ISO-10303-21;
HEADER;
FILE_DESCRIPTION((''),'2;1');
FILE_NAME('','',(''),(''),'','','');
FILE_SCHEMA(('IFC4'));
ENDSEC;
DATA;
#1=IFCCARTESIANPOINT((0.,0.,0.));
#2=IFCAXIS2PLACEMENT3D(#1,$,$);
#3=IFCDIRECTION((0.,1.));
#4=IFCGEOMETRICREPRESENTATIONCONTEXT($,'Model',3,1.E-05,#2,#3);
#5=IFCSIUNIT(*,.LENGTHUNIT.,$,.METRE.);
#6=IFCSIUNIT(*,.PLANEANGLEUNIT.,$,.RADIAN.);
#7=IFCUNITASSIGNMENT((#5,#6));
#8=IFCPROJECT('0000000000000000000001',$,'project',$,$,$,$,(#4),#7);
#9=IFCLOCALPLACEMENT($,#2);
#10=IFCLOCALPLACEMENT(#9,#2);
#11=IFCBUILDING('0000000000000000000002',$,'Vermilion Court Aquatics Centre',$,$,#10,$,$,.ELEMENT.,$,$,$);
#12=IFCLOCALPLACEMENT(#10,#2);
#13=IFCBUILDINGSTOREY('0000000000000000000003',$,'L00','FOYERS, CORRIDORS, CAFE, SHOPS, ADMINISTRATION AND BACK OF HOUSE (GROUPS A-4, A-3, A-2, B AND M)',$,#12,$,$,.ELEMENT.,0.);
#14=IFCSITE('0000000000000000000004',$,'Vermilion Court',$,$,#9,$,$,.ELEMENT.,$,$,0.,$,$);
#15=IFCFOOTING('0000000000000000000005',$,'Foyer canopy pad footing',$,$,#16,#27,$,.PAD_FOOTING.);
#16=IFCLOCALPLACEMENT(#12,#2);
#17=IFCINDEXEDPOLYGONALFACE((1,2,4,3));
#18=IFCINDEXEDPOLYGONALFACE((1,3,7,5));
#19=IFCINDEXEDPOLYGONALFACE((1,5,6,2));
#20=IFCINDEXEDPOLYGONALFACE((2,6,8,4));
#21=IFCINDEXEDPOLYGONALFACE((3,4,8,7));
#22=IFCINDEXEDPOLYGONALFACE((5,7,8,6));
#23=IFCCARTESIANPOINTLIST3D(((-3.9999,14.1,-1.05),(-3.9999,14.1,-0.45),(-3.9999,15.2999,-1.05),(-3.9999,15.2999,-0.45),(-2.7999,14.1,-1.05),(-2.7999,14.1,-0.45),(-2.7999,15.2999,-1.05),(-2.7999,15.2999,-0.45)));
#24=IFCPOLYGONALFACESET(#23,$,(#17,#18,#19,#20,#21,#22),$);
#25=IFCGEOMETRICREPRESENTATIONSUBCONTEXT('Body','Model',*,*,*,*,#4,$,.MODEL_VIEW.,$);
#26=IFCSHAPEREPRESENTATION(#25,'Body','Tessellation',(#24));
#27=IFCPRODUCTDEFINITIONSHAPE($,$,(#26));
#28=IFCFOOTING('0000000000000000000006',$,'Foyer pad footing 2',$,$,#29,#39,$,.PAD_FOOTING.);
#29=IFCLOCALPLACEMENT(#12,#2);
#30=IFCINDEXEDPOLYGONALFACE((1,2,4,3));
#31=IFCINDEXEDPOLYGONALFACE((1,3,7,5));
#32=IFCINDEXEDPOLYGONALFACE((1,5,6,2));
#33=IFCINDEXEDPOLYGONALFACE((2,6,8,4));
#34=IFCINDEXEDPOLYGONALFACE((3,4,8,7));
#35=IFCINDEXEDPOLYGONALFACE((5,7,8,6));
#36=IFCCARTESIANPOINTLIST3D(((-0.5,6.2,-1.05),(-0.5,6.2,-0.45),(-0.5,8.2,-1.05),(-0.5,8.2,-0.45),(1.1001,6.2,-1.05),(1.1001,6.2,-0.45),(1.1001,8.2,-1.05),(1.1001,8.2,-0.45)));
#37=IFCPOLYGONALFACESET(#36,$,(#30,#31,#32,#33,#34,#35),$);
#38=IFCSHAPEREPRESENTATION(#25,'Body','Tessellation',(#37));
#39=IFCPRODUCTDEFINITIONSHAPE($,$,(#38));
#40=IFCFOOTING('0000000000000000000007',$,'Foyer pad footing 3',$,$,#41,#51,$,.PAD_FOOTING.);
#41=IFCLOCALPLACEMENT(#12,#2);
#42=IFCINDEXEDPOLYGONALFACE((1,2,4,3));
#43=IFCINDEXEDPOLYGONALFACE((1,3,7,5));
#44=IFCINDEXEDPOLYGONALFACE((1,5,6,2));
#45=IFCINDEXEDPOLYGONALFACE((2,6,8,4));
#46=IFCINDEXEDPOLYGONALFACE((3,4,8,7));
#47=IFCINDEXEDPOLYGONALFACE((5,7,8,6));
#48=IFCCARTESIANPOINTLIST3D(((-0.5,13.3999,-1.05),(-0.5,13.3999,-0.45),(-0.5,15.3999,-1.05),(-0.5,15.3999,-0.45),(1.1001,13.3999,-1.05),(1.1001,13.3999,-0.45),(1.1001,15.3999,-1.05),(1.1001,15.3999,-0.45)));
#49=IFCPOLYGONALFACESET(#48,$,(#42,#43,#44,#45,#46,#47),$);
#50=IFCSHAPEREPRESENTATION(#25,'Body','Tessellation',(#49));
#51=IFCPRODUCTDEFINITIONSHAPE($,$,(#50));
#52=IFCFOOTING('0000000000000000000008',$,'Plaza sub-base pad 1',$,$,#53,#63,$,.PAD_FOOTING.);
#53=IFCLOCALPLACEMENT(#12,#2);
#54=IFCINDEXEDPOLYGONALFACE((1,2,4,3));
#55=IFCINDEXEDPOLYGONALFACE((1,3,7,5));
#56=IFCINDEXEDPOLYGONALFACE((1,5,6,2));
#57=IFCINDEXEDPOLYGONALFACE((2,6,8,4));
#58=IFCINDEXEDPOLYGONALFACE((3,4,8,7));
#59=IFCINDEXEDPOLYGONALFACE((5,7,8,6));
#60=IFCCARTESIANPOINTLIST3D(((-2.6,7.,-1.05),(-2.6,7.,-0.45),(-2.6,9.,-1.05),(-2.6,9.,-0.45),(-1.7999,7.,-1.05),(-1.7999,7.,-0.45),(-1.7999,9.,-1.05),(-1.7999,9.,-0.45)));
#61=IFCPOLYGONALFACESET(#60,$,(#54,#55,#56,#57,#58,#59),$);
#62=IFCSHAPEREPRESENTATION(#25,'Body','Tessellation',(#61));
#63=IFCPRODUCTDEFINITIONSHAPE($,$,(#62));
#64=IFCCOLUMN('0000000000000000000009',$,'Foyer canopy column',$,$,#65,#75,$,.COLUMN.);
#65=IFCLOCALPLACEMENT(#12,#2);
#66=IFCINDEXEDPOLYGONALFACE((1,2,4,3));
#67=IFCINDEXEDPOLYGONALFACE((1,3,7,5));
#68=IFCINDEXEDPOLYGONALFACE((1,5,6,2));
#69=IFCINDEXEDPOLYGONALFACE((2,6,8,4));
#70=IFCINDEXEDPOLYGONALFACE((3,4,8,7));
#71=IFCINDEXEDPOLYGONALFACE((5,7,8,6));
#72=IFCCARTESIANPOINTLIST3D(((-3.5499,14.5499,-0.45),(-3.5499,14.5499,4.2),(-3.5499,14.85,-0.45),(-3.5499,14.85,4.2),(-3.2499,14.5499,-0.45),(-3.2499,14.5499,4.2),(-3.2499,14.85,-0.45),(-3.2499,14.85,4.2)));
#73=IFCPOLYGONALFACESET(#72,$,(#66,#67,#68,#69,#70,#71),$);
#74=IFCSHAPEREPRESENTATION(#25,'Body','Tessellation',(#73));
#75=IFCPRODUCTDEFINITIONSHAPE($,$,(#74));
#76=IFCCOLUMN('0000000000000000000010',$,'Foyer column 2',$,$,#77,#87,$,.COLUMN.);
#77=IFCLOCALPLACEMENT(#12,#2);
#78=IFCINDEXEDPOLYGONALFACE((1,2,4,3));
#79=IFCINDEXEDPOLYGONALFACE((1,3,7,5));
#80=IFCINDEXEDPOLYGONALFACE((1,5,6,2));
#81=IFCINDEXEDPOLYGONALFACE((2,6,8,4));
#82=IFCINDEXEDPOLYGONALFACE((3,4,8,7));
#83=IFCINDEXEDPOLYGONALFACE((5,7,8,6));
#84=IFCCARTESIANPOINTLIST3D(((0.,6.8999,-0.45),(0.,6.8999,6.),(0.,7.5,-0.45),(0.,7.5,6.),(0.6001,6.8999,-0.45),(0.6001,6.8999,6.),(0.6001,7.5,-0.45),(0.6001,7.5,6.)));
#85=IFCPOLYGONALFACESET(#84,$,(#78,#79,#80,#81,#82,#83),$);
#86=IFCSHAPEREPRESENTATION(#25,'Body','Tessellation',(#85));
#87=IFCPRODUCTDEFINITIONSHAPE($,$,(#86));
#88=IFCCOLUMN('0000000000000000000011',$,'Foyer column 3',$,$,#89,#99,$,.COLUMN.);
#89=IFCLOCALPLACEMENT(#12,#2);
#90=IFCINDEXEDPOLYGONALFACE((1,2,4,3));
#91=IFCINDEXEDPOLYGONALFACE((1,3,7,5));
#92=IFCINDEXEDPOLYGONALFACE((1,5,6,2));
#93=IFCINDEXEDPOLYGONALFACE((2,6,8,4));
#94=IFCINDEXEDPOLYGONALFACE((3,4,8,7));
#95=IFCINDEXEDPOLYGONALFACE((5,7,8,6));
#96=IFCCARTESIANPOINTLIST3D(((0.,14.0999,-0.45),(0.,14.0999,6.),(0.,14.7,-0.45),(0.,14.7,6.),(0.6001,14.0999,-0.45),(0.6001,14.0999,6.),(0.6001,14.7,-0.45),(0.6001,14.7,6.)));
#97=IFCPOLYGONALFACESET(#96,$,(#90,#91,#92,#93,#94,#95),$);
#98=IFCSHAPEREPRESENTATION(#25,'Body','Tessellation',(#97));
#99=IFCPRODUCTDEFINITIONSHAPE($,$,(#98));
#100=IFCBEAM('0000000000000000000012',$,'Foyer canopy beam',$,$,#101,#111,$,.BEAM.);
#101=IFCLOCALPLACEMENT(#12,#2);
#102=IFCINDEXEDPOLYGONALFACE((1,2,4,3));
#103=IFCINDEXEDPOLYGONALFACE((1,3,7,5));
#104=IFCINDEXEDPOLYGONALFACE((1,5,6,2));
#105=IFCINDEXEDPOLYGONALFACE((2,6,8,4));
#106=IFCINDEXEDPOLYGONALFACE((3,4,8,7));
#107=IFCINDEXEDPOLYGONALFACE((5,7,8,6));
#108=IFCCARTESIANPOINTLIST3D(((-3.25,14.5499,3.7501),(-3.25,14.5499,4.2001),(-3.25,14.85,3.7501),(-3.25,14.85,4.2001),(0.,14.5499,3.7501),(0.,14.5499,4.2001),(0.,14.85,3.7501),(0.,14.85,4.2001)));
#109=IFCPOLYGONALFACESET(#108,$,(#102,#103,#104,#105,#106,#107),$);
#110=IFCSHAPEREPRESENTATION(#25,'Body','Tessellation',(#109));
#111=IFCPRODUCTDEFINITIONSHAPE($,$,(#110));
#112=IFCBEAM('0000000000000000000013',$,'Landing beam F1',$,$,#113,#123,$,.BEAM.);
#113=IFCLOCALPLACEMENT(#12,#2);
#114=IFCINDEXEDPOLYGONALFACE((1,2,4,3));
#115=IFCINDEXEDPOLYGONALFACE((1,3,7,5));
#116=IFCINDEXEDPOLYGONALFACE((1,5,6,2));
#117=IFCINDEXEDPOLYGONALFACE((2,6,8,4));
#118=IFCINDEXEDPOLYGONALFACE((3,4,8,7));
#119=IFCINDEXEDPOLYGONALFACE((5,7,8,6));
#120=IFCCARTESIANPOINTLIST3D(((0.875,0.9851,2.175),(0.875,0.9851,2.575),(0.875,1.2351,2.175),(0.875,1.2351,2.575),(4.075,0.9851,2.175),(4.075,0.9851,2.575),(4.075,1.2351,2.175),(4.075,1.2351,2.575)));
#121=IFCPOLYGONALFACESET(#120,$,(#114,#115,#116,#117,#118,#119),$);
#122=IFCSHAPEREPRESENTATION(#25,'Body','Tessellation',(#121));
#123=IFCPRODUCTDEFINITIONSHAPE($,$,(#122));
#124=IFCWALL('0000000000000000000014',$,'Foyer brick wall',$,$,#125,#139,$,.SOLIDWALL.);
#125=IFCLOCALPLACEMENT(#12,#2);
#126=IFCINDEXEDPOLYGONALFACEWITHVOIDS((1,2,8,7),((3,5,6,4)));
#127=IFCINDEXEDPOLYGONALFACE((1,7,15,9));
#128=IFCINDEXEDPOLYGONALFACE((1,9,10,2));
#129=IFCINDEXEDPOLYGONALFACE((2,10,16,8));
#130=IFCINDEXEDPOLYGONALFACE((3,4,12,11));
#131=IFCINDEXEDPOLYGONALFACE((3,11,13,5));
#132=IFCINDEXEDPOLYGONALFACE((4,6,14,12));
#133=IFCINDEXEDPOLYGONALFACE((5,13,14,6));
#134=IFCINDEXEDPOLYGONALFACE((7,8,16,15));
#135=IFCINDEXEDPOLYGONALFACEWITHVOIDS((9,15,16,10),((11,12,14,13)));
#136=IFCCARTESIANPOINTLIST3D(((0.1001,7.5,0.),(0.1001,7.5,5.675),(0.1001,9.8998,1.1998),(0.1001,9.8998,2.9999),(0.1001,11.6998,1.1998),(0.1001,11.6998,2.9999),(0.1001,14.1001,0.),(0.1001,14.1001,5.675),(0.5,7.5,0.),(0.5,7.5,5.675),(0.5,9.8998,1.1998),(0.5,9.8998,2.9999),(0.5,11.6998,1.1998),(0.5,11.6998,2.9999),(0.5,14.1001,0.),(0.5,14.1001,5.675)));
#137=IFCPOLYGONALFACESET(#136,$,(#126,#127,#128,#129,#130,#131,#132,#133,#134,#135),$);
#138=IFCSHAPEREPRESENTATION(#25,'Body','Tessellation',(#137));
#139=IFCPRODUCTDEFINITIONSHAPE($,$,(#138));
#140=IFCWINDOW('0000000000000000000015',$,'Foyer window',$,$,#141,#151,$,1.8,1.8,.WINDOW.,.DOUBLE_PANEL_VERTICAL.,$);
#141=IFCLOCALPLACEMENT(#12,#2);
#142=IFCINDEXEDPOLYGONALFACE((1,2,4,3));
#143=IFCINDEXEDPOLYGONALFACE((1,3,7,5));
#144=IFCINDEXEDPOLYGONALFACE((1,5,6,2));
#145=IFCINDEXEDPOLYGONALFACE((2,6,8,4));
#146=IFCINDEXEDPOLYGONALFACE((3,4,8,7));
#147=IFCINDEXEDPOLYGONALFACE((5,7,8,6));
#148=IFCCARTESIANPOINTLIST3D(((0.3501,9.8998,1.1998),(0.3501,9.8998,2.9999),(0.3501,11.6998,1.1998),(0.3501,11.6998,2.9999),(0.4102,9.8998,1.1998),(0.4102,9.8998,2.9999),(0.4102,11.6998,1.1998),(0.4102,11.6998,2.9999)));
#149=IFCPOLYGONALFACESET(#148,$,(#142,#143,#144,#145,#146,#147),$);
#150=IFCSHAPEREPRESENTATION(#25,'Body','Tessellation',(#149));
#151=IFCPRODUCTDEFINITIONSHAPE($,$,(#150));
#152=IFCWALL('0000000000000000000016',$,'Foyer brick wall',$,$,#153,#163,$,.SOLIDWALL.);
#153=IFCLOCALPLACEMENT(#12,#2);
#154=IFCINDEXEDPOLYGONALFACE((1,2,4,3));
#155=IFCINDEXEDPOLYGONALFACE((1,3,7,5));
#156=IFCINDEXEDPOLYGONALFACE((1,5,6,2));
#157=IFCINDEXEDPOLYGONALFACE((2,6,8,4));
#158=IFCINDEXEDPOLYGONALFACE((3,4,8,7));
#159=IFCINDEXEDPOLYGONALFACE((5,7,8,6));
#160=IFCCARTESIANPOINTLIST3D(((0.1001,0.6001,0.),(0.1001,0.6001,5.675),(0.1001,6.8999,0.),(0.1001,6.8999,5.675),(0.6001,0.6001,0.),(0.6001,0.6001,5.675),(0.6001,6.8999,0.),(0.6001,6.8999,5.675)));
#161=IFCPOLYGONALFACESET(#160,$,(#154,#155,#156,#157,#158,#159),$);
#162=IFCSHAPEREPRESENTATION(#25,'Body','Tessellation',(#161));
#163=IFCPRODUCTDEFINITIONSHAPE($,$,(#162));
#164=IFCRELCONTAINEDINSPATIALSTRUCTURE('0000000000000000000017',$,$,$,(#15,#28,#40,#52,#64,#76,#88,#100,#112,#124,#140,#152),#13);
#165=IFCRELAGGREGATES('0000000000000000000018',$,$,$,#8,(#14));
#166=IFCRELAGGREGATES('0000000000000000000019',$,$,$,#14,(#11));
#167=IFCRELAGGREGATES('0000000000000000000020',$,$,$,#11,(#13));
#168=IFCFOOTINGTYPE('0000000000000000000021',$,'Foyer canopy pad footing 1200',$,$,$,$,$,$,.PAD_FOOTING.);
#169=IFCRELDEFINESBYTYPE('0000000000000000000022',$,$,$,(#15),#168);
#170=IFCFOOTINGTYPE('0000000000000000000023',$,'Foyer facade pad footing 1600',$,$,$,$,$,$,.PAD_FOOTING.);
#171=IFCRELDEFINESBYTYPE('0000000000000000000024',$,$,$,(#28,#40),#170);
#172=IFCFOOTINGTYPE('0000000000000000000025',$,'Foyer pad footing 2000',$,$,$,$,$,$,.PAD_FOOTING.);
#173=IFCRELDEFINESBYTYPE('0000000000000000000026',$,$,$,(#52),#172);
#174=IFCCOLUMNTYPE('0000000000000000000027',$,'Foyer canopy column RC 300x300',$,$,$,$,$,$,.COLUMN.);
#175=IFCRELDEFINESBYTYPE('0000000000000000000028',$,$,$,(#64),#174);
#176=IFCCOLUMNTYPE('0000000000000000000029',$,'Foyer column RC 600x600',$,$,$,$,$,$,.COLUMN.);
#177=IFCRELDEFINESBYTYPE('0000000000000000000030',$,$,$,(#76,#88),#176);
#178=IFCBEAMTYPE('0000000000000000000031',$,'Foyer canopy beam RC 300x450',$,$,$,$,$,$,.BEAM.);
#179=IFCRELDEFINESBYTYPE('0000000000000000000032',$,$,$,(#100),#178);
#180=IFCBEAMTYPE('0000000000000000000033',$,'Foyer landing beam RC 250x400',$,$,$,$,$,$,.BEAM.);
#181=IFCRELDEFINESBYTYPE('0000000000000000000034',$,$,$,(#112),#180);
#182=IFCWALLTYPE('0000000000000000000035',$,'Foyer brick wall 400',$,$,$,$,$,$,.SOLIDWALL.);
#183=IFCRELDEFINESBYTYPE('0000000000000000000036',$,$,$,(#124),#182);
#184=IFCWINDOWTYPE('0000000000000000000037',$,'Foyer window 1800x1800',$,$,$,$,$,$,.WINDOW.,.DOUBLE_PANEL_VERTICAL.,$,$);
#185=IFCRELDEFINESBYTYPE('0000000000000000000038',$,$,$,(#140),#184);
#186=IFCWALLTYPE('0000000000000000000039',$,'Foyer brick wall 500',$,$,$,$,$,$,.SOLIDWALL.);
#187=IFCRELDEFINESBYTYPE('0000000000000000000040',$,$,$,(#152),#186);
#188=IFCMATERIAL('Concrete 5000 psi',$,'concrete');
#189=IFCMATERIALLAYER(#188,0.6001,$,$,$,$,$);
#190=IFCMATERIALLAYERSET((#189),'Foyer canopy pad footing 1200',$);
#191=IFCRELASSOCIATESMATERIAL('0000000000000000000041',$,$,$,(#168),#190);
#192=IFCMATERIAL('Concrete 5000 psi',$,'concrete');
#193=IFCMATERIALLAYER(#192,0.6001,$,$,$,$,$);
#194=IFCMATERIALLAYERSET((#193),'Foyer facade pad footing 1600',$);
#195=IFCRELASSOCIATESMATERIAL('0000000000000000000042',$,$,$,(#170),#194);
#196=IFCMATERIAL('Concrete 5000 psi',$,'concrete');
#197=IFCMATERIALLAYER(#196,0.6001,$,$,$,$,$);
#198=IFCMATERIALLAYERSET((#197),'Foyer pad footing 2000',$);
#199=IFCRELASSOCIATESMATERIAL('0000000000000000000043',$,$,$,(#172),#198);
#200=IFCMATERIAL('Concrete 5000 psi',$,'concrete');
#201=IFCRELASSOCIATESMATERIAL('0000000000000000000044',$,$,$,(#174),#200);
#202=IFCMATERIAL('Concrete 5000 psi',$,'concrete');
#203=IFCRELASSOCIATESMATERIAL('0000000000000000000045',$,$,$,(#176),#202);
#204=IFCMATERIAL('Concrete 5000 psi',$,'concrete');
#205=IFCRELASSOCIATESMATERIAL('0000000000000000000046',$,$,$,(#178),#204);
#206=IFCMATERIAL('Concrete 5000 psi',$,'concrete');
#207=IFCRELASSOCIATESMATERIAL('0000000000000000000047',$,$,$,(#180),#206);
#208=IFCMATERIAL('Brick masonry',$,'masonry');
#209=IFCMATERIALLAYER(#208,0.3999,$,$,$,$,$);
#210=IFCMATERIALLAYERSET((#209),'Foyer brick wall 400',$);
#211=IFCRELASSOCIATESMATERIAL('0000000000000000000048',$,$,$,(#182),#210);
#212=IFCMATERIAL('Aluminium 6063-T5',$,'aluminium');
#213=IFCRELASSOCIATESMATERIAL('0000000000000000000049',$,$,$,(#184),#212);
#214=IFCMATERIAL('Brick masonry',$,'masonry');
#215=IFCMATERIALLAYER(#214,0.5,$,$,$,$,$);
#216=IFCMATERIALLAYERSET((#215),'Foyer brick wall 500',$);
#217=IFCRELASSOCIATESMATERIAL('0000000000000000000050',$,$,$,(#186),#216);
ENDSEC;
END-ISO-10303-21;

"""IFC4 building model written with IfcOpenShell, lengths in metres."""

from ifc_helpers import new_model, si_unit, direction, frame, frame_2d, origin, origin_2d, place, context, subcontext, project, spatial, rectangle, extrude, material, layer, layer_set, material_profile, profile_set, type_object, element, fill, save


model = new_model("IFC4")

# Units and contexts
model_context = context("Model", 3, precision=1e-05, world=origin(), true_north=direction((0.0, 1.0)))
body_context = subcontext(model_context, "Body", "Model", "MODEL_VIEW")
ifc_project = project(units=[si_unit("LENGTHUNIT", "METRE"), si_unit("PLANEANGLEUNIT", "RADIAN")], contexts=[model_context])

# Site, building, storey
site_placement = place(None, origin())
site = spatial("IfcSite", under=ifc_project, at=site_placement, Name="Vermilion Court", CompositionType="ELEMENT", RefElevation=0.0)
building_placement = place(site_placement, origin())
building = spatial("IfcBuilding", under=site, at=building_placement, Name="Vermilion Court Aquatics Centre", CompositionType="ELEMENT")
storey_placement = place(building_placement, origin())
storey = spatial("IfcBuildingStorey", under=building, at=storey_placement, Name="L00", Description="FOYERS, CORRIDORS, CAFE, SHOPS, ADMINISTRATION AND BACK OF HOUSE (GROUPS A-4, A-3, A-2, B AND M)", CompositionType="ELEMENT", Elevation=0.0)

# Footings
ifc_material_1 = material(Name="Concrete 5000 psi", Category="concrete")
ifc_layer_1 = layer(ifc_material_1, 0.6001)
ifc_layer_set_1 = layer_set([ifc_layer_1], Name="Foyer canopy pad footing 1200")
footing_type_1 = type_object("IfcFootingType", Name="Foyer canopy pad footing 1200", PredefinedType="PAD_FOOTING", material=ifc_layer_set_1)
footing_1_placement = place(storey_placement, frame((-3.3999, 14.7, -1.05), z_axis=(0.0, 0.0, 1.0), x_axis=(1.0, 0.0, 0.0)))
element("IfcFooting", 1, at=footing_1_placement, inside=storey, type_object=footing_type_1, Name="Foyer canopy pad footing", PredefinedType="PAD_FOOTING", context=body_context, shape_type="SweptSolid", body=[
    extrude(rectangle(XDim=1.2, YDim=1.2, at=origin_2d()), origin(), (0.0, 0.0, 1.0), 0.6001),
])
ifc_material_2 = material(Name="Concrete 5000 psi", Category="concrete")
ifc_layer_2 = layer(ifc_material_2, 0.6001)
ifc_layer_set_2 = layer_set([ifc_layer_2], Name="Foyer facade pad footing 1600")
footing_type_2 = type_object("IfcFootingType", Name="Foyer facade pad footing 1600", PredefinedType="PAD_FOOTING", material=ifc_layer_set_2)
for number, where, z_axis, x_axis, name in (
    (2, (0.3, 7.2, -1.05), (0.0, 0.0, 1.0), (1.0, 0.0, 0.0), "Foyer pad footing 2"),
    (3, (0.3, 14.3999, -1.05), (0.0, 0.0, 1.0), (1.0, 0.0, 0.0), "Foyer pad footing 3"),
):
    element("IfcFooting", number, at=place(storey_placement, frame(where, z_axis=z_axis, x_axis=x_axis)), inside=storey, type_object=footing_type_2, Name=name, PredefinedType="PAD_FOOTING", context=body_context, shape_type="SweptSolid", body=[
        extrude(rectangle(XDim=1.6001, YDim=2.0, at=origin_2d()), origin(), (0.0, 0.0, 1.0), 0.6001),
    ])
ifc_material_3 = material(Name="Concrete 5000 psi", Category="concrete")
ifc_layer_3 = layer(ifc_material_3, 0.6001)
ifc_layer_set_3 = layer_set([ifc_layer_3], Name="Foyer pad footing 2000")
footing_type_3 = type_object("IfcFootingType", Name="Foyer pad footing 2000", PredefinedType="PAD_FOOTING", material=ifc_layer_set_3)
footing_2_placement = place(storey_placement, frame((-2.2, 8.0, -1.05), z_axis=(0.0, 0.0, 1.0), x_axis=(1.0, 0.0, 0.0)))
element("IfcFooting", 4, at=footing_2_placement, inside=storey, type_object=footing_type_3, Name="Plaza sub-base pad 1", PredefinedType="PAD_FOOTING", context=body_context, shape_type="SweptSolid", body=[
    extrude(rectangle(XDim=0.8, YDim=2.0, at=origin_2d()), origin(), (0.0, 0.0, 1.0), 0.6001),
])

# Columns
ifc_material_4 = material(Name="Concrete 5000 psi", Category="concrete")
ifc_material_profile_1 = material_profile(ifc_material_4, rectangle(XDim=0.3, YDim=0.3, at=origin_2d()), Name="RC 300x300")
ifc_profile_set_1 = profile_set([ifc_material_profile_1], Name="Concrete 5000 psi")
column_type_1 = type_object("IfcColumnType", Name="Foyer canopy column RC 300x300", PredefinedType="COLUMN", material=ifc_profile_set_1)
column_placement = place(storey_placement, frame((-3.3999, 14.7, -0.45), z_axis=(0.0, 0.0, 1.0), x_axis=(1.0, 0.0, 0.0)))
element("IfcColumn", 5, at=column_placement, inside=storey, type_object=column_type_1, Name="Foyer canopy column", PredefinedType="COLUMN", context=body_context, shape_type="SweptSolid", body=[
    extrude(rectangle(XDim=0.3, YDim=0.3, at=origin_2d()), origin(), (0.0, 0.0, 1.0), 4.6499),
])
ifc_material_5 = material(Name="Concrete 5000 psi", Category="concrete")
ifc_material_profile_2 = material_profile(ifc_material_5, rectangle(XDim=0.6001, YDim=0.6001, at=origin_2d()), Name="RC 600x600")
ifc_profile_set_2 = profile_set([ifc_material_profile_2], Name="Concrete 5000 psi")
column_type_2 = type_object("IfcColumnType", Name="Foyer column RC 600x600", PredefinedType="COLUMN", material=ifc_profile_set_2)
for number, where, z_axis, x_axis, name in (
    (6, (0.3, 7.2, -0.45), (0.0, 0.0, 1.0), (1.0, 0.0, 0.0), "Foyer column 2"),
    (7, (0.3, 14.3999, -0.45), (0.0, 0.0, 1.0), (1.0, 0.0, 0.0), "Foyer column 3"),
):
    element("IfcColumn", number, at=place(storey_placement, frame(where, z_axis=z_axis, x_axis=x_axis)), inside=storey, type_object=column_type_2, Name=name, PredefinedType="COLUMN", context=body_context, shape_type="SweptSolid", body=[
        extrude(rectangle(XDim=0.6001, YDim=0.6001, at=origin_2d()), origin(), (0.0, 0.0, 1.0), 6.45),
    ])

# Beams
ifc_material_6 = material(Name="Concrete 5000 psi", Category="concrete")
ifc_material_profile_3 = material_profile(ifc_material_6, rectangle(XDim=0.3, YDim=0.45, at=origin_2d()), Name="RC 300x450")
ifc_profile_set_3 = profile_set([ifc_material_profile_3], Name="Concrete 5000 psi")
beam_type_1 = type_object("IfcBeamType", Name="Foyer canopy beam RC 300x450", PredefinedType="BEAM", material=ifc_profile_set_3)
beam_1_placement = place(storey_placement, frame((-3.25, 14.7, 3.9751), z_axis=(1.0, 0.0, 0.0), x_axis=(0.0, 1.0, 0.0)))
element("IfcBeam", 8, at=beam_1_placement, inside=storey, type_object=beam_type_1, Name="Foyer canopy beam", PredefinedType="BEAM", context=body_context, shape_type="SweptSolid", body=[
    extrude(rectangle(XDim=0.3, YDim=0.45, at=origin_2d()), origin(), (0.0, 0.0, 1.0), 3.25),
])
ifc_material_7 = material(Name="Concrete 5000 psi", Category="concrete")
ifc_material_profile_4 = material_profile(ifc_material_7, rectangle(XDim=0.25, YDim=0.3999, at=origin_2d()), Name="RC 250x400")
ifc_profile_set_4 = profile_set([ifc_material_profile_4], Name="Concrete 5000 psi")
beam_type_2 = type_object("IfcBeamType", Name="Foyer landing beam RC 250x400", PredefinedType="BEAM", material=ifc_profile_set_4)
beam_2_placement = place(storey_placement, frame((0.875, 1.1101, 2.375), z_axis=(1.0, 0.0, 0.0), x_axis=(0.0, 1.0, 0.0)))
element("IfcBeam", 9, at=beam_2_placement, inside=storey, type_object=beam_type_2, Name="Landing beam F1", PredefinedType="BEAM", context=body_context, shape_type="SweptSolid", body=[
    extrude(rectangle(XDim=0.25, YDim=0.3999, at=origin_2d()), origin(), (0.0, 0.0, 1.0), 3.2),
])

# Wall, opening, window
ifc_material_8 = material(Name="Brick masonry", Category="masonry")
ifc_layer_4 = layer(ifc_material_8, 0.3999)
ifc_layer_set_4 = layer_set([ifc_layer_4], Name="Foyer brick wall 400")
wall_type_1 = type_object("IfcWallType", Name="Foyer brick wall 400", PredefinedType="SOLIDWALL", material=ifc_layer_set_4)
wall_1_placement = place(storey_placement, frame((0.3, 7.5, 0.0), z_axis=(0.0, 0.0, 1.0), x_axis=(0.0, 1.0, 0.0)))
wall_1 = element("IfcWall", 10, at=wall_1_placement, inside=storey, type_object=wall_type_1, Name="Foyer brick wall", PredefinedType="SOLIDWALL", context=body_context, shape_type="SweptSolid", body=[
    extrude(rectangle(XDim=6.6001, YDim=0.3999, at=frame_2d((3.3, 0.0))), origin(), (0.0, 0.0, 1.0), 5.675),
])
opening_1_placement = place(wall_1_placement, frame((2.3999, 0.0, 1.2)))
opening_1 = element("IfcOpeningElement", 11, at=opening_1_placement, cuts=wall_1, PredefinedType="OPENING", context=body_context, shape_type="SweptSolid", body=[
    extrude(rectangle(XDim=1.8, YDim=1.8, at=frame_2d((0.8999, 0.8999))), frame((0.0, 0.21, 0.0), z_axis=(0.0, -1.0, 0.0), x_axis=(1.0, 0.0, 0.0)), (0.0, 0.0, 1.0), 0.4199),
])
ifc_material_9 = material(Name="Aluminium 6063-T5", Category="aluminium")
window_type = type_object("IfcWindowType", Name="Foyer window 1800x1800", PartitioningType="DOUBLE_PANEL_VERTICAL", PredefinedType="WINDOW", material=ifc_material_9)
window_placement = place(opening_1_placement, origin())
window = element("IfcWindow", 12, at=window_placement, inside=storey, type_object=window_type, Name="Foyer window", OverallHeight=1.8, OverallWidth=1.8, PartitioningType="DOUBLE_PANEL_VERTICAL", PredefinedType="WINDOW", context=body_context, shape_type="SweptSolid", body=[
    extrude(rectangle(XDim=1.8, YDim=1.8, at=frame_2d((0.8999, 0.8999))), frame((0.0, -0.05, 0.0), z_axis=(0.0, -1.0, 0.0), x_axis=(1.0, 0.0, 0.0)), (0.0, 0.0, 1.0), 0.0601),
])
fill(opening_1, window)

# Wall
ifc_material_10 = material(Name="Brick masonry", Category="masonry")
ifc_layer_5 = layer(ifc_material_10, 0.5)
ifc_layer_set_5 = layer_set([ifc_layer_5], Name="Foyer brick wall 500")
wall_type_2 = type_object("IfcWallType", Name="Foyer brick wall 500", PredefinedType="SOLIDWALL", material=ifc_layer_set_5)
wall_2_placement = place(storey_placement, frame((0.3501, 0.6001, 0.0), z_axis=(0.0, 0.0, 1.0), x_axis=(0.0, 1.0, 0.0)))
element("IfcWall", 13, at=wall_2_placement, inside=storey, type_object=wall_type_2, Name="Foyer brick wall", PredefinedType="SOLIDWALL", context=body_context, shape_type="SweptSolid", body=[
    extrude(rectangle(XDim=6.2998, YDim=0.5, at=frame_2d((3.1499, 0.0))), origin(), (0.0, 0.0, 1.0), 5.675),
])

save(model, "model.ifc")
